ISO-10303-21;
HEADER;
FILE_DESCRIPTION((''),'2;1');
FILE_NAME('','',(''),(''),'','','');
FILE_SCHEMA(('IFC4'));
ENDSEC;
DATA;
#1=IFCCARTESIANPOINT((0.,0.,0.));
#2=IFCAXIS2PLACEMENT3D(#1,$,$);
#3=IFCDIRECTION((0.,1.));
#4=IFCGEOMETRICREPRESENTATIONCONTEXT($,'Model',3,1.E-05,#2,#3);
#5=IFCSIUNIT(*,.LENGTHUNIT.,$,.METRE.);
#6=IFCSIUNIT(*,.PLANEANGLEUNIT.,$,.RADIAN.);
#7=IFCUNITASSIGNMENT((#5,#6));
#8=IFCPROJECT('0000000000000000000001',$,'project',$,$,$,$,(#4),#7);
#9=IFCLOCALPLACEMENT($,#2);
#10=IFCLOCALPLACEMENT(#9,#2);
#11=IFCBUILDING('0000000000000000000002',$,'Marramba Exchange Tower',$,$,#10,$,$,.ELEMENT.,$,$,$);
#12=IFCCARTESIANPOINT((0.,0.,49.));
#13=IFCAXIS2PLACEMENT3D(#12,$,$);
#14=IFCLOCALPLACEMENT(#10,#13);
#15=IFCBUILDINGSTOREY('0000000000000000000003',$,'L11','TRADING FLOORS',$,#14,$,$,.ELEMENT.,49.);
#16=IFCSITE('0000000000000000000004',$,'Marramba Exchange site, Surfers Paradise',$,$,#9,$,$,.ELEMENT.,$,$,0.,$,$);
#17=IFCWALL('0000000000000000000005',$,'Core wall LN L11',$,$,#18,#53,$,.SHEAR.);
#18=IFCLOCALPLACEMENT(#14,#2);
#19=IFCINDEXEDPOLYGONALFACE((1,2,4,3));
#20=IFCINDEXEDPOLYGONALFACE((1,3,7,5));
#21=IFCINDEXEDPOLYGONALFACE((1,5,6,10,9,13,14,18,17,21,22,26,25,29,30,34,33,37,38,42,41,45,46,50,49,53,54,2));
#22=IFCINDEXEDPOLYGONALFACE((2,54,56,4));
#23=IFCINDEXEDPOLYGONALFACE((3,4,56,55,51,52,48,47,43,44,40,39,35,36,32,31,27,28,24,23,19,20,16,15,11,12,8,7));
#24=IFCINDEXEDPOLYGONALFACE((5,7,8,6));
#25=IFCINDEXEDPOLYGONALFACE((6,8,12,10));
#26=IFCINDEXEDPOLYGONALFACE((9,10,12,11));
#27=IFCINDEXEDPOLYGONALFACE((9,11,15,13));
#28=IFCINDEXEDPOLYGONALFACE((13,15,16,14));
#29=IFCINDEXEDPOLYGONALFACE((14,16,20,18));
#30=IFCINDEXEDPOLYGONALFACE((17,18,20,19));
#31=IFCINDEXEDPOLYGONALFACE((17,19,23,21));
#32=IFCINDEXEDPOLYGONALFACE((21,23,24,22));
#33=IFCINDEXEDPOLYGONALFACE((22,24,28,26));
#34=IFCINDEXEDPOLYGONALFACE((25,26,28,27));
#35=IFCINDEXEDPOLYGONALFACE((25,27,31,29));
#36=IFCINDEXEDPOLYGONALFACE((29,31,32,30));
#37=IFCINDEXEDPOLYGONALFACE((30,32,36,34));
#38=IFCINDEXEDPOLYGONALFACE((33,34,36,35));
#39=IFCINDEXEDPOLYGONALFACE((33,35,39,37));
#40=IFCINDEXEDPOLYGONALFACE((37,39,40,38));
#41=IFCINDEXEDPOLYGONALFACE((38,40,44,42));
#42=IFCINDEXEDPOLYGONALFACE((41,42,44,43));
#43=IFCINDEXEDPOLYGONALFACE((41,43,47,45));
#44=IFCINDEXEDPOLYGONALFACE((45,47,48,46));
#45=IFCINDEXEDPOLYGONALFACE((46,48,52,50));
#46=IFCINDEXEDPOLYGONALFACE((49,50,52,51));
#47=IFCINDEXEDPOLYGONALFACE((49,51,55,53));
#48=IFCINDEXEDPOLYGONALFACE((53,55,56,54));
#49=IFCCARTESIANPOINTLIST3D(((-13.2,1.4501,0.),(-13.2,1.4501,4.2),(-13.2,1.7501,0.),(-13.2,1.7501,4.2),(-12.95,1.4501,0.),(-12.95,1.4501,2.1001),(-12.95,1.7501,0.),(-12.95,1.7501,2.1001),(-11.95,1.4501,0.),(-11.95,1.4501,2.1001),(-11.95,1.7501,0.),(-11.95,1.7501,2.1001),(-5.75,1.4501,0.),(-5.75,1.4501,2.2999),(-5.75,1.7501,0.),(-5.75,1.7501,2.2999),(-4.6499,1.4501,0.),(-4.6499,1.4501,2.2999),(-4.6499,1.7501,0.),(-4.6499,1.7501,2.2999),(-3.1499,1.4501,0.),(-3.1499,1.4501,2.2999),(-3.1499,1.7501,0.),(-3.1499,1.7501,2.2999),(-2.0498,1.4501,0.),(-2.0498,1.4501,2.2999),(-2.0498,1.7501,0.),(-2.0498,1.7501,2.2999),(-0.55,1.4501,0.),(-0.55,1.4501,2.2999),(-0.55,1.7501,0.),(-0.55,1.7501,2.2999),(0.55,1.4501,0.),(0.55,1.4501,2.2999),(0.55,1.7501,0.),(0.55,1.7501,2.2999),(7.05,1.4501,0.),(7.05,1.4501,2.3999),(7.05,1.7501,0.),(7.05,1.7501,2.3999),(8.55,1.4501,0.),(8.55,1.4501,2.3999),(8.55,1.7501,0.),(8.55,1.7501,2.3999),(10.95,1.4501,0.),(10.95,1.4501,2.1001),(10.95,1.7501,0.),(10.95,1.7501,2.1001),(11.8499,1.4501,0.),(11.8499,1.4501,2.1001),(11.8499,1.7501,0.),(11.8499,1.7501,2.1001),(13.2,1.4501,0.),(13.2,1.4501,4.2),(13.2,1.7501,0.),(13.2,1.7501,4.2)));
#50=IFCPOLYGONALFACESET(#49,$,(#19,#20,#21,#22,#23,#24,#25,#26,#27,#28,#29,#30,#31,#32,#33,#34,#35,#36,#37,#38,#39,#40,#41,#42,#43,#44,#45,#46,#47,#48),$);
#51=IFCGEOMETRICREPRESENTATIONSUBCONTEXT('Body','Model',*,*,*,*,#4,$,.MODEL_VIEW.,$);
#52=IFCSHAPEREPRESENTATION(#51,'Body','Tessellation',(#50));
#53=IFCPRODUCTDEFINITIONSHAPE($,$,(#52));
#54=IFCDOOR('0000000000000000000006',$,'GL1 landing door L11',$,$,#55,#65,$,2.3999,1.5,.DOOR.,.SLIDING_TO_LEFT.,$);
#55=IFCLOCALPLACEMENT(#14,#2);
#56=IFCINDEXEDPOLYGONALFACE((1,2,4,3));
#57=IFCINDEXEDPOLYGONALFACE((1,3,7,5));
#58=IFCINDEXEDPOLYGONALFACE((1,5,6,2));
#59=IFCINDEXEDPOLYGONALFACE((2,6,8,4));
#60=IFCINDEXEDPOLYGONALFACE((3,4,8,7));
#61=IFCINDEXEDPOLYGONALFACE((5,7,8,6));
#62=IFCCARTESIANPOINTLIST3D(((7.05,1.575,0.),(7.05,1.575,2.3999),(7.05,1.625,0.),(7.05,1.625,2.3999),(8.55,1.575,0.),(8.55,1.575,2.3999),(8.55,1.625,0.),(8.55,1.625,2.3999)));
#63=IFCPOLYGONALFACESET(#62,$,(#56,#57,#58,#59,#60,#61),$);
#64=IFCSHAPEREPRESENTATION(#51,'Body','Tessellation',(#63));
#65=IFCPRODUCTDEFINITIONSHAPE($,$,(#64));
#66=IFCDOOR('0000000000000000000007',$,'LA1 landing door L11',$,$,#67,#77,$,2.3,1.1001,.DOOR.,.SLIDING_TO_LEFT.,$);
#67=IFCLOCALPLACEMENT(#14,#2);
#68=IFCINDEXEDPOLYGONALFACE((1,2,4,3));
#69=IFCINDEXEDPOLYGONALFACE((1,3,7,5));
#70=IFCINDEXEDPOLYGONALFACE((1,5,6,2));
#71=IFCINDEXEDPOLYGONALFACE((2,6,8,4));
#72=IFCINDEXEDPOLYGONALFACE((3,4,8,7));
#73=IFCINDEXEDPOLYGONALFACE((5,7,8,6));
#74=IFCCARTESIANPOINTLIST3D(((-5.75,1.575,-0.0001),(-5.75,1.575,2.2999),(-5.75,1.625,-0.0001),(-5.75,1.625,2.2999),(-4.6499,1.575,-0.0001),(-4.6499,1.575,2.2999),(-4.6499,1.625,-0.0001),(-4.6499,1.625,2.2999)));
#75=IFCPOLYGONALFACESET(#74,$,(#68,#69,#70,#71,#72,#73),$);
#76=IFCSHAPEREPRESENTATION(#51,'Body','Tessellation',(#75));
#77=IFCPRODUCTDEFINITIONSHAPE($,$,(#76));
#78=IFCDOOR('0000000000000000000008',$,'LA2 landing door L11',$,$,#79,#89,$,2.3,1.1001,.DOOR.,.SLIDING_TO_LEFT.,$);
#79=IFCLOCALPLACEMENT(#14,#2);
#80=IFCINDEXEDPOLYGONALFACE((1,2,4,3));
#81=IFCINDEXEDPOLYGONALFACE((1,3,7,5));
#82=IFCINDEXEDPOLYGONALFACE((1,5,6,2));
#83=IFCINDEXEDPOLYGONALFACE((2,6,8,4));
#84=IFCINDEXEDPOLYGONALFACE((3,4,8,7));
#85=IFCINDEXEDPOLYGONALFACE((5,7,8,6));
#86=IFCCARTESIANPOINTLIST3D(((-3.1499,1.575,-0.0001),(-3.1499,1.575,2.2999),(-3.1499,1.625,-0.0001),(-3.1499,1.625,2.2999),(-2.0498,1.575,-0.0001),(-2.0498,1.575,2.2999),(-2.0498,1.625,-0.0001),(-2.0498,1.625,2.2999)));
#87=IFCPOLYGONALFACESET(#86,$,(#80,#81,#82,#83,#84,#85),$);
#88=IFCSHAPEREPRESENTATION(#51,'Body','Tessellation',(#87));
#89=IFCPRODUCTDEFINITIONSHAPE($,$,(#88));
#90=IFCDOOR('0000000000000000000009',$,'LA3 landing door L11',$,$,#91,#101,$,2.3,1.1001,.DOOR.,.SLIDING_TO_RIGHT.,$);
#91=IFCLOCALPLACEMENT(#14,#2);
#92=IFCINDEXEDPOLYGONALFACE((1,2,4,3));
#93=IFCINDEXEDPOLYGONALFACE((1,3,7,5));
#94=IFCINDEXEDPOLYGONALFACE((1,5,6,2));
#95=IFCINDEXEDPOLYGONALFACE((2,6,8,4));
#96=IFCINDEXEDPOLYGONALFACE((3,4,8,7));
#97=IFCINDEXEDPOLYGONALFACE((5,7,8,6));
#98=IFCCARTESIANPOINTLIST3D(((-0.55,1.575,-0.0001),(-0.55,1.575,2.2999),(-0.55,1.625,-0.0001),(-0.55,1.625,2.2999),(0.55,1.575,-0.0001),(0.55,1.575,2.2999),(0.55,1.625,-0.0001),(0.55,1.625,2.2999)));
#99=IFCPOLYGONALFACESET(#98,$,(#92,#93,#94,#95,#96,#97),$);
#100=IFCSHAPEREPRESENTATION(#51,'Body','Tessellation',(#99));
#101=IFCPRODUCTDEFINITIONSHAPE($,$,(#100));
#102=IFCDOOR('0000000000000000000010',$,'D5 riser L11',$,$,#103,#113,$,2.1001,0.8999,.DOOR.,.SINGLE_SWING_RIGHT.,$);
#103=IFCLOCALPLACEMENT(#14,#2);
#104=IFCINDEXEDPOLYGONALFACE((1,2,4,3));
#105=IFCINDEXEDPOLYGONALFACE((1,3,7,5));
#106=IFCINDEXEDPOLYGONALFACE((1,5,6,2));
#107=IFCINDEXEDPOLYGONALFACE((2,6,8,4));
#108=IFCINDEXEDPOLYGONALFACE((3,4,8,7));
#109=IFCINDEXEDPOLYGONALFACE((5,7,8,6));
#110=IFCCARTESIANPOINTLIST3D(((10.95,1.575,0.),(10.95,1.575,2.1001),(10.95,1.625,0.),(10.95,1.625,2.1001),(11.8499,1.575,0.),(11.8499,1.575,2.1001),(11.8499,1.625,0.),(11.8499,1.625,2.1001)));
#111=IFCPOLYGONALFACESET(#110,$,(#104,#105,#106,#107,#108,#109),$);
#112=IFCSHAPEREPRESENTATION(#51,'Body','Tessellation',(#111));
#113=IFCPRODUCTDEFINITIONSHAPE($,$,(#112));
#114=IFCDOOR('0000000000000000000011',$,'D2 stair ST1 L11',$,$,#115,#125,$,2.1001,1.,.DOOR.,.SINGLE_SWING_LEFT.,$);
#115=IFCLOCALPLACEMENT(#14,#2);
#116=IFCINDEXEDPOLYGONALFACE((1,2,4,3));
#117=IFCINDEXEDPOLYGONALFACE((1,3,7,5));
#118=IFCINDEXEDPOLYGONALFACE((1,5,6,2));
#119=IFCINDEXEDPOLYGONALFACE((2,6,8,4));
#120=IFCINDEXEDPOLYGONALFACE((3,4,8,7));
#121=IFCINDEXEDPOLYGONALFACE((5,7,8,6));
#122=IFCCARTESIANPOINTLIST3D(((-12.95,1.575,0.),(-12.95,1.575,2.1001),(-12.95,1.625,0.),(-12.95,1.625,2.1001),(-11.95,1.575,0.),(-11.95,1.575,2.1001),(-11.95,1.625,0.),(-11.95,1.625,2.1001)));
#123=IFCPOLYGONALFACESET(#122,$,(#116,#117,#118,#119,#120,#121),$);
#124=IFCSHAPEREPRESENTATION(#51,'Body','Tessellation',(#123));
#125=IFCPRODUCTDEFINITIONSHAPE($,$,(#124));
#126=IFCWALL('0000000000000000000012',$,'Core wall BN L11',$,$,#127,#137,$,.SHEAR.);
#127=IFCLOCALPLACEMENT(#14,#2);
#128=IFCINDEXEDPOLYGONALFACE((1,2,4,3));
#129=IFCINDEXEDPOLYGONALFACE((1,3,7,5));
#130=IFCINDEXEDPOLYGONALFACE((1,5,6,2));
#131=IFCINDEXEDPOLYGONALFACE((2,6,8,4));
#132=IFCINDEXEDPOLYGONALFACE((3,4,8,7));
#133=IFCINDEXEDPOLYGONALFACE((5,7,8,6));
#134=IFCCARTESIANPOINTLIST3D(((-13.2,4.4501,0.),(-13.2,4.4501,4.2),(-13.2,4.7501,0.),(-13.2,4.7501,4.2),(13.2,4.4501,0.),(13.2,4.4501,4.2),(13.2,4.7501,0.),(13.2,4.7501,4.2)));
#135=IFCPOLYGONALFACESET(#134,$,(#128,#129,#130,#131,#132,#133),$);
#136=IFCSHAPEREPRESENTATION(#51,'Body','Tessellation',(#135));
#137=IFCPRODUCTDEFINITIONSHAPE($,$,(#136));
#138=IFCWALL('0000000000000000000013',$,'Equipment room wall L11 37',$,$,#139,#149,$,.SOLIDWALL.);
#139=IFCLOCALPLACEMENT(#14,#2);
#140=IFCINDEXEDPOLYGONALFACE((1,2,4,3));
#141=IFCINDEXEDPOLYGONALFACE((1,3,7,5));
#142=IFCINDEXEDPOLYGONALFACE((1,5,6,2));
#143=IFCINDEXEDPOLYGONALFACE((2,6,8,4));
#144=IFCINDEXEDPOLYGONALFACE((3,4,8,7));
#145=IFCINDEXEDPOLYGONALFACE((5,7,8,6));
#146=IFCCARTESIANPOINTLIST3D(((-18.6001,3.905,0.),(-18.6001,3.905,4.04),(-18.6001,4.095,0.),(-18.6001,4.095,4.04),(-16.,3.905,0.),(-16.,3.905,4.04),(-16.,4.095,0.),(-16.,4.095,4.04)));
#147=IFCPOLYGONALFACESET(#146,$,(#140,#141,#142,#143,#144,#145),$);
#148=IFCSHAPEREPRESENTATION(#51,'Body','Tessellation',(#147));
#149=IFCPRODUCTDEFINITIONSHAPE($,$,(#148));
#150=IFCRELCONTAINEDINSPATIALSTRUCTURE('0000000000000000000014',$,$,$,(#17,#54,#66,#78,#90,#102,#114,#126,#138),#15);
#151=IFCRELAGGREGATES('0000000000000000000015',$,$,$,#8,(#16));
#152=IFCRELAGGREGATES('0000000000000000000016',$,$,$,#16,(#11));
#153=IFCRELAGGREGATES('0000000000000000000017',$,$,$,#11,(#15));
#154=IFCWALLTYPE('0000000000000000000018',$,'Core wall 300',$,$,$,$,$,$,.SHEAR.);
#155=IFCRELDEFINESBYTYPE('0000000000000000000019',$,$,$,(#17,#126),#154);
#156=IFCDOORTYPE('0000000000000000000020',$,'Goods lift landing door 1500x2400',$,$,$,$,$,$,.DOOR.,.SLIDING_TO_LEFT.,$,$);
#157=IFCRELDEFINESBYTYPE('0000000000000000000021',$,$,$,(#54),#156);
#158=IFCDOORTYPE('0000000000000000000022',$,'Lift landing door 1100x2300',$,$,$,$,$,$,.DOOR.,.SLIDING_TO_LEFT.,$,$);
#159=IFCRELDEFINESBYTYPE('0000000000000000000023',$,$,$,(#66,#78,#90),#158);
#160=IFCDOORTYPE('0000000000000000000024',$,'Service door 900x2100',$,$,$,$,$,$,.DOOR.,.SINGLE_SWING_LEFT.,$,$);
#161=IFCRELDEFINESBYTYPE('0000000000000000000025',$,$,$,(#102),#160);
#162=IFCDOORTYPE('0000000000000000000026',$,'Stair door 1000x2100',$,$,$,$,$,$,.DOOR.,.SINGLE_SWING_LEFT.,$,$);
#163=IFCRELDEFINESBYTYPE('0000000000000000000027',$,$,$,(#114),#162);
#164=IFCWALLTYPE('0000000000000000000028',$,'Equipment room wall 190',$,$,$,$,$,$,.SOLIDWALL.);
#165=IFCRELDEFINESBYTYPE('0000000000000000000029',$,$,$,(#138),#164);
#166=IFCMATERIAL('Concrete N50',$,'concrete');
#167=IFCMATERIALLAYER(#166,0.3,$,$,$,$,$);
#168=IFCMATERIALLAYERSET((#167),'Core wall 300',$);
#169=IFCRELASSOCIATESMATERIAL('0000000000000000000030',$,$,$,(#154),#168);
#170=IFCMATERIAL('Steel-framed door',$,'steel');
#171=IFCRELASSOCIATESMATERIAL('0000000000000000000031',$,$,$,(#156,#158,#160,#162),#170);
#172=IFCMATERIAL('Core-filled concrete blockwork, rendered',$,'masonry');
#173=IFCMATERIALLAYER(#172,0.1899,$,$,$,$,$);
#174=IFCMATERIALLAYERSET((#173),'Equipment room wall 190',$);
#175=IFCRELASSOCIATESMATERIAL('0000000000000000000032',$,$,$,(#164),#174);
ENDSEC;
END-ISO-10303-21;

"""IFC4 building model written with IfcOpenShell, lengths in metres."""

from ifc_helpers import new_model, si_unit, direction, frame, frame_2d, origin, place, context, subcontext, project, spatial, rectangle, extrude, material, layer, layer_set, type_object, element, fill, save


model = new_model("IFC4")

# Units and contexts
model_context = context("Model", 3, precision=1e-05, world=origin(), true_north=direction((0.0, 1.0)))
body_context = subcontext(model_context, "Body", "Model", "MODEL_VIEW")
ifc_project = project(units=[si_unit("LENGTHUNIT", "METRE"), si_unit("PLANEANGLEUNIT", "RADIAN")], contexts=[model_context])

# Site, building, storey
site_placement = place(None, origin())
site = spatial("IfcSite", under=ifc_project, at=site_placement, Name="Marramba Exchange site, Surfers Paradise", CompositionType="ELEMENT", RefElevation=0.0)
building_placement = place(site_placement, origin())
building = spatial("IfcBuilding", under=site, at=building_placement, Name="Marramba Exchange Tower", CompositionType="ELEMENT")
storey_placement = place(building_placement, frame((0.0, 0.0, 49.0)))
storey = spatial("IfcBuildingStorey", under=building, at=storey_placement, Name="L11", Description="TRADING FLOORS", CompositionType="ELEMENT", Elevation=49.0)

# Shared definitions
ifc_material_1 = material(Name="Concrete N50", Category="concrete")
ifc_material_2 = material(Name="Steel-framed door", Category="steel")

# Wall, openings, doors
ifc_layer_1 = layer(ifc_material_1, 0.3)
ifc_layer_set_1 = layer_set([ifc_layer_1], Name="Core wall 300")
wall_type_1 = type_object("IfcWallType", Name="Core wall 300", PredefinedType="SHEAR", material=ifc_layer_set_1)
wall_1_placement = place(storey_placement, frame((-13.2, 1.6001, 0.0), z_axis=(0.0, 0.0, 1.0), x_axis=(1.0, 0.0, 0.0)))
wall_1 = element("IfcWall", 1, at=wall_1_placement, inside=storey, type_object=wall_type_1, Name="Core wall LN L11", PredefinedType="SHEAR", context=body_context, shape_type="SweptSolid", body=[
    extrude(rectangle(XDim=26.3999, YDim=0.3, at=frame_2d((13.2, 0.0))), origin(), (0.0, 0.0, 1.0), 4.2),
])
opening_1_placement = place(wall_1_placement, frame((0.25, 0.0, 0.0)))
opening_1 = element("IfcOpeningElement", 2, at=opening_1_placement, cuts=wall_1, PredefinedType="OPENING", context=body_context, shape_type="SweptSolid", body=[
    extrude(rectangle(XDim=1.0, YDim=2.1001, at=frame_2d((0.5, 1.05))), frame((0.0, 0.1599, 0.0), z_axis=(0.0, -1.0, 0.0), x_axis=(1.0, 0.0, 0.0)), (0.0, 0.0, 1.0), 0.3201),
])
opening_2_placement = place(wall_1_placement, frame((20.25, 0.0, 0.0)))
opening_2 = element("IfcOpeningElement", 3, at=opening_2_placement, cuts=wall_1, PredefinedType="OPENING", context=body_context, shape_type="SweptSolid", body=[
    extrude(rectangle(XDim=1.5, YDim=2.3999, at=frame_2d((0.75, 1.2))), frame((0.0, 0.1599, 0.0), z_axis=(0.0, -1.0, 0.0), x_axis=(1.0, 0.0, 0.0)), (0.0, 0.0, 1.0), 0.3201),
])
opening_3_placement = place(wall_1_placement, frame((7.45, 0.0, 0.0)))
opening_3 = element("IfcOpeningElement", 4, at=opening_3_placement, cuts=wall_1, PredefinedType="OPENING", context=body_context, shape_type="SweptSolid", body=[
    extrude(rectangle(XDim=1.1001, YDim=2.3, at=frame_2d((0.55, 1.1499))), frame((0.0, 0.1599, 0.0), z_axis=(0.0, -1.0, 0.0), x_axis=(1.0, 0.0, 0.0)), (0.0, 0.0, 1.0), 0.3201),
])
opening_4_placement = place(wall_1_placement, frame((10.05, 0.0, 0.0)))
opening_4 = element("IfcOpeningElement", 5, at=opening_4_placement, cuts=wall_1, PredefinedType="OPENING", context=body_context, shape_type="SweptSolid", body=[
    extrude(rectangle(XDim=1.1001, YDim=2.3, at=frame_2d((0.55, 1.1499))), frame((0.0, 0.1599, 0.0), z_axis=(0.0, -1.0, 0.0), x_axis=(1.0, 0.0, 0.0)), (0.0, 0.0, 1.0), 0.3201),
])
opening_5_placement = place(wall_1_placement, frame((12.6499, 0.0, 0.0)))
opening_5 = element("IfcOpeningElement", 6, at=opening_5_placement, cuts=wall_1, PredefinedType="OPENING", context=body_context, shape_type="SweptSolid", body=[
    extrude(rectangle(XDim=1.1001, YDim=2.3, at=frame_2d((0.55, 1.1499))), frame((0.0, 0.1599, 0.0), z_axis=(0.0, -1.0, 0.0), x_axis=(1.0, 0.0, 0.0)), (0.0, 0.0, 1.0), 0.3201),
])
opening_6_placement = place(wall_1_placement, frame((24.1499, 0.0, 0.0)))
opening_6 = element("IfcOpeningElement", 7, at=opening_6_placement, cuts=wall_1, PredefinedType="OPENING", context=body_context, shape_type="SweptSolid", body=[
    extrude(rectangle(XDim=0.8999, YDim=2.1001, at=frame_2d((0.45, 1.05))), frame((0.0, 0.1599, 0.0), z_axis=(0.0, -1.0, 0.0), x_axis=(1.0, 0.0, 0.0)), (0.0, 0.0, 1.0), 0.3201),
])
door_type_1 = type_object("IfcDoorType", Name="Goods lift landing door 1500x2400", OperationType="SLIDING_TO_LEFT", PredefinedType="DOOR", material=ifc_material_2)
door_1_placement = place(opening_2_placement, origin())
door_1 = element("IfcDoor", 8, at=door_1_placement, inside=storey, type_object=door_type_1, Name="GL1 landing door L11", OperationType="SLIDING_TO_LEFT", OverallHeight=2.3999, OverallWidth=1.5, PredefinedType="DOOR", context=body_context, shape_type="SweptSolid", body=[
    extrude(rectangle(XDim=1.5, YDim=2.3999, at=frame_2d((0.75, 1.2))), frame((0.0, 0.0249, 0.0), z_axis=(0.0, -1.0, 0.0), x_axis=(1.0, 0.0, 0.0)), (0.0, 0.0, 1.0), 0.05),
])
fill(opening_2, door_1)
door_type_2 = type_object("IfcDoorType", Name="Lift landing door 1100x2300", OperationType="SLIDING_TO_LEFT", PredefinedType="DOOR", material=ifc_material_2)
door_2_placement = place(opening_3_placement, origin())
door_2 = element("IfcDoor", 9, at=door_2_placement, inside=storey, type_object=door_type_2, Name="LA1 landing door L11", OperationType="SLIDING_TO_LEFT", OverallHeight=2.3, OverallWidth=1.1001, PredefinedType="DOOR", context=body_context, shape_type="SweptSolid", body=[
    extrude(rectangle(XDim=1.1001, YDim=2.3, at=frame_2d((0.55, 1.1499))), frame((0.0, 0.0249, 0.0), z_axis=(0.0, -1.0, 0.0), x_axis=(1.0, 0.0, 0.0)), (0.0, 0.0, 1.0), 0.05),
])
fill(opening_3, door_2)
door_3_placement = place(opening_4_placement, origin())
door_3 = element("IfcDoor", 10, at=door_3_placement, inside=storey, type_object=door_type_2, Name="LA2 landing door L11", OperationType="SLIDING_TO_LEFT", OverallHeight=2.3, OverallWidth=1.1001, PredefinedType="DOOR", context=body_context, shape_type="SweptSolid", body=[
    extrude(rectangle(XDim=1.1001, YDim=2.3, at=frame_2d((0.55, 1.1499))), frame((0.0, 0.0249, 0.0), z_axis=(0.0, -1.0, 0.0), x_axis=(1.0, 0.0, 0.0)), (0.0, 0.0, 1.0), 0.05),
])
fill(opening_4, door_3)
door_4_placement = place(opening_5_placement, origin())
door_4 = element("IfcDoor", 11, at=door_4_placement, inside=storey, type_object=door_type_2, Name="LA3 landing door L11", OperationType="SLIDING_TO_RIGHT", OverallHeight=2.3, OverallWidth=1.1001, PredefinedType="DOOR", context=body_context, shape_type="SweptSolid", body=[
    extrude(rectangle(XDim=1.1001, YDim=2.3, at=frame_2d((0.55, 1.1499))), frame((0.0, 0.0249, 0.0), z_axis=(0.0, -1.0, 0.0), x_axis=(1.0, 0.0, 0.0)), (0.0, 0.0, 1.0), 0.05),
])
fill(opening_5, door_4)
door_type_3 = type_object("IfcDoorType", Name="Service door 900x2100", OperationType="SINGLE_SWING_LEFT", PredefinedType="DOOR", material=ifc_material_2)
door_5_placement = place(opening_6_placement, origin())
door_5 = element("IfcDoor", 12, at=door_5_placement, inside=storey, type_object=door_type_3, Name="D5 riser L11", OperationType="SINGLE_SWING_RIGHT", OverallHeight=2.1001, OverallWidth=0.8999, PredefinedType="DOOR", context=body_context, shape_type="SweptSolid", body=[
    extrude(rectangle(XDim=0.8999, YDim=2.1001, at=frame_2d((0.45, 1.05))), frame((0.0, 0.0249, 0.0), z_axis=(0.0, -1.0, 0.0), x_axis=(1.0, 0.0, 0.0)), (0.0, 0.0, 1.0), 0.05),
])
fill(opening_6, door_5)
door_type_4 = type_object("IfcDoorType", Name="Stair door 1000x2100", OperationType="SINGLE_SWING_LEFT", PredefinedType="DOOR", material=ifc_material_2)
door_6_placement = place(opening_1_placement, origin())
door_6 = element("IfcDoor", 13, at=door_6_placement, inside=storey, type_object=door_type_4, Name="D2 stair ST1 L11", OperationType="SINGLE_SWING_LEFT", OverallHeight=2.1001, OverallWidth=1.0, PredefinedType="DOOR", context=body_context, shape_type="SweptSolid", body=[
    extrude(rectangle(XDim=1.0, YDim=2.1001, at=frame_2d((0.5, 1.05))), frame((0.0, 0.0249, 0.0), z_axis=(0.0, -1.0, 0.0), x_axis=(1.0, 0.0, 0.0)), (0.0, 0.0, 1.0), 0.05),
])
fill(opening_1, door_6)

# Walls
wall_2_placement = place(storey_placement, frame((-13.2, 4.6001, 0.0), z_axis=(0.0, 0.0, 1.0), x_axis=(1.0, 0.0, 0.0)))
element("IfcWall", 14, at=wall_2_placement, inside=storey, type_object=wall_type_1, Name="Core wall BN L11", PredefinedType="SHEAR", context=body_context, shape_type="SweptSolid", body=[
    extrude(rectangle(XDim=26.3999, YDim=0.3, at=frame_2d((13.2, 0.0))), origin(), (0.0, 0.0, 1.0), 4.2),
])
ifc_material_3 = material(Name="Core-filled concrete blockwork, rendered", Category="masonry")
ifc_layer_2 = layer(ifc_material_3, 0.1899)
ifc_layer_set_2 = layer_set([ifc_layer_2], Name="Equipment room wall 190")
wall_type_2 = type_object("IfcWallType", Name="Equipment room wall 190", PredefinedType="SOLIDWALL", material=ifc_layer_set_2)
wall_3_placement = place(storey_placement, frame((-16.0, 4.0, 0.0), z_axis=(0.0, 0.0, 1.0), x_axis=(-1.0, 0.0, 0.0)))
element("IfcWall", 15, at=wall_3_placement, inside=storey, type_object=wall_type_2, Name="Equipment room wall L11 37", PredefinedType="SOLIDWALL", context=body_context, shape_type="SweptSolid", body=[
    extrude(rectangle(XDim=2.6001, YDim=0.1899, at=frame_2d((1.3, 0.0))), origin(), (0.0, 0.0, 1.0), 4.04),
])

save(model, "model.ifc")
